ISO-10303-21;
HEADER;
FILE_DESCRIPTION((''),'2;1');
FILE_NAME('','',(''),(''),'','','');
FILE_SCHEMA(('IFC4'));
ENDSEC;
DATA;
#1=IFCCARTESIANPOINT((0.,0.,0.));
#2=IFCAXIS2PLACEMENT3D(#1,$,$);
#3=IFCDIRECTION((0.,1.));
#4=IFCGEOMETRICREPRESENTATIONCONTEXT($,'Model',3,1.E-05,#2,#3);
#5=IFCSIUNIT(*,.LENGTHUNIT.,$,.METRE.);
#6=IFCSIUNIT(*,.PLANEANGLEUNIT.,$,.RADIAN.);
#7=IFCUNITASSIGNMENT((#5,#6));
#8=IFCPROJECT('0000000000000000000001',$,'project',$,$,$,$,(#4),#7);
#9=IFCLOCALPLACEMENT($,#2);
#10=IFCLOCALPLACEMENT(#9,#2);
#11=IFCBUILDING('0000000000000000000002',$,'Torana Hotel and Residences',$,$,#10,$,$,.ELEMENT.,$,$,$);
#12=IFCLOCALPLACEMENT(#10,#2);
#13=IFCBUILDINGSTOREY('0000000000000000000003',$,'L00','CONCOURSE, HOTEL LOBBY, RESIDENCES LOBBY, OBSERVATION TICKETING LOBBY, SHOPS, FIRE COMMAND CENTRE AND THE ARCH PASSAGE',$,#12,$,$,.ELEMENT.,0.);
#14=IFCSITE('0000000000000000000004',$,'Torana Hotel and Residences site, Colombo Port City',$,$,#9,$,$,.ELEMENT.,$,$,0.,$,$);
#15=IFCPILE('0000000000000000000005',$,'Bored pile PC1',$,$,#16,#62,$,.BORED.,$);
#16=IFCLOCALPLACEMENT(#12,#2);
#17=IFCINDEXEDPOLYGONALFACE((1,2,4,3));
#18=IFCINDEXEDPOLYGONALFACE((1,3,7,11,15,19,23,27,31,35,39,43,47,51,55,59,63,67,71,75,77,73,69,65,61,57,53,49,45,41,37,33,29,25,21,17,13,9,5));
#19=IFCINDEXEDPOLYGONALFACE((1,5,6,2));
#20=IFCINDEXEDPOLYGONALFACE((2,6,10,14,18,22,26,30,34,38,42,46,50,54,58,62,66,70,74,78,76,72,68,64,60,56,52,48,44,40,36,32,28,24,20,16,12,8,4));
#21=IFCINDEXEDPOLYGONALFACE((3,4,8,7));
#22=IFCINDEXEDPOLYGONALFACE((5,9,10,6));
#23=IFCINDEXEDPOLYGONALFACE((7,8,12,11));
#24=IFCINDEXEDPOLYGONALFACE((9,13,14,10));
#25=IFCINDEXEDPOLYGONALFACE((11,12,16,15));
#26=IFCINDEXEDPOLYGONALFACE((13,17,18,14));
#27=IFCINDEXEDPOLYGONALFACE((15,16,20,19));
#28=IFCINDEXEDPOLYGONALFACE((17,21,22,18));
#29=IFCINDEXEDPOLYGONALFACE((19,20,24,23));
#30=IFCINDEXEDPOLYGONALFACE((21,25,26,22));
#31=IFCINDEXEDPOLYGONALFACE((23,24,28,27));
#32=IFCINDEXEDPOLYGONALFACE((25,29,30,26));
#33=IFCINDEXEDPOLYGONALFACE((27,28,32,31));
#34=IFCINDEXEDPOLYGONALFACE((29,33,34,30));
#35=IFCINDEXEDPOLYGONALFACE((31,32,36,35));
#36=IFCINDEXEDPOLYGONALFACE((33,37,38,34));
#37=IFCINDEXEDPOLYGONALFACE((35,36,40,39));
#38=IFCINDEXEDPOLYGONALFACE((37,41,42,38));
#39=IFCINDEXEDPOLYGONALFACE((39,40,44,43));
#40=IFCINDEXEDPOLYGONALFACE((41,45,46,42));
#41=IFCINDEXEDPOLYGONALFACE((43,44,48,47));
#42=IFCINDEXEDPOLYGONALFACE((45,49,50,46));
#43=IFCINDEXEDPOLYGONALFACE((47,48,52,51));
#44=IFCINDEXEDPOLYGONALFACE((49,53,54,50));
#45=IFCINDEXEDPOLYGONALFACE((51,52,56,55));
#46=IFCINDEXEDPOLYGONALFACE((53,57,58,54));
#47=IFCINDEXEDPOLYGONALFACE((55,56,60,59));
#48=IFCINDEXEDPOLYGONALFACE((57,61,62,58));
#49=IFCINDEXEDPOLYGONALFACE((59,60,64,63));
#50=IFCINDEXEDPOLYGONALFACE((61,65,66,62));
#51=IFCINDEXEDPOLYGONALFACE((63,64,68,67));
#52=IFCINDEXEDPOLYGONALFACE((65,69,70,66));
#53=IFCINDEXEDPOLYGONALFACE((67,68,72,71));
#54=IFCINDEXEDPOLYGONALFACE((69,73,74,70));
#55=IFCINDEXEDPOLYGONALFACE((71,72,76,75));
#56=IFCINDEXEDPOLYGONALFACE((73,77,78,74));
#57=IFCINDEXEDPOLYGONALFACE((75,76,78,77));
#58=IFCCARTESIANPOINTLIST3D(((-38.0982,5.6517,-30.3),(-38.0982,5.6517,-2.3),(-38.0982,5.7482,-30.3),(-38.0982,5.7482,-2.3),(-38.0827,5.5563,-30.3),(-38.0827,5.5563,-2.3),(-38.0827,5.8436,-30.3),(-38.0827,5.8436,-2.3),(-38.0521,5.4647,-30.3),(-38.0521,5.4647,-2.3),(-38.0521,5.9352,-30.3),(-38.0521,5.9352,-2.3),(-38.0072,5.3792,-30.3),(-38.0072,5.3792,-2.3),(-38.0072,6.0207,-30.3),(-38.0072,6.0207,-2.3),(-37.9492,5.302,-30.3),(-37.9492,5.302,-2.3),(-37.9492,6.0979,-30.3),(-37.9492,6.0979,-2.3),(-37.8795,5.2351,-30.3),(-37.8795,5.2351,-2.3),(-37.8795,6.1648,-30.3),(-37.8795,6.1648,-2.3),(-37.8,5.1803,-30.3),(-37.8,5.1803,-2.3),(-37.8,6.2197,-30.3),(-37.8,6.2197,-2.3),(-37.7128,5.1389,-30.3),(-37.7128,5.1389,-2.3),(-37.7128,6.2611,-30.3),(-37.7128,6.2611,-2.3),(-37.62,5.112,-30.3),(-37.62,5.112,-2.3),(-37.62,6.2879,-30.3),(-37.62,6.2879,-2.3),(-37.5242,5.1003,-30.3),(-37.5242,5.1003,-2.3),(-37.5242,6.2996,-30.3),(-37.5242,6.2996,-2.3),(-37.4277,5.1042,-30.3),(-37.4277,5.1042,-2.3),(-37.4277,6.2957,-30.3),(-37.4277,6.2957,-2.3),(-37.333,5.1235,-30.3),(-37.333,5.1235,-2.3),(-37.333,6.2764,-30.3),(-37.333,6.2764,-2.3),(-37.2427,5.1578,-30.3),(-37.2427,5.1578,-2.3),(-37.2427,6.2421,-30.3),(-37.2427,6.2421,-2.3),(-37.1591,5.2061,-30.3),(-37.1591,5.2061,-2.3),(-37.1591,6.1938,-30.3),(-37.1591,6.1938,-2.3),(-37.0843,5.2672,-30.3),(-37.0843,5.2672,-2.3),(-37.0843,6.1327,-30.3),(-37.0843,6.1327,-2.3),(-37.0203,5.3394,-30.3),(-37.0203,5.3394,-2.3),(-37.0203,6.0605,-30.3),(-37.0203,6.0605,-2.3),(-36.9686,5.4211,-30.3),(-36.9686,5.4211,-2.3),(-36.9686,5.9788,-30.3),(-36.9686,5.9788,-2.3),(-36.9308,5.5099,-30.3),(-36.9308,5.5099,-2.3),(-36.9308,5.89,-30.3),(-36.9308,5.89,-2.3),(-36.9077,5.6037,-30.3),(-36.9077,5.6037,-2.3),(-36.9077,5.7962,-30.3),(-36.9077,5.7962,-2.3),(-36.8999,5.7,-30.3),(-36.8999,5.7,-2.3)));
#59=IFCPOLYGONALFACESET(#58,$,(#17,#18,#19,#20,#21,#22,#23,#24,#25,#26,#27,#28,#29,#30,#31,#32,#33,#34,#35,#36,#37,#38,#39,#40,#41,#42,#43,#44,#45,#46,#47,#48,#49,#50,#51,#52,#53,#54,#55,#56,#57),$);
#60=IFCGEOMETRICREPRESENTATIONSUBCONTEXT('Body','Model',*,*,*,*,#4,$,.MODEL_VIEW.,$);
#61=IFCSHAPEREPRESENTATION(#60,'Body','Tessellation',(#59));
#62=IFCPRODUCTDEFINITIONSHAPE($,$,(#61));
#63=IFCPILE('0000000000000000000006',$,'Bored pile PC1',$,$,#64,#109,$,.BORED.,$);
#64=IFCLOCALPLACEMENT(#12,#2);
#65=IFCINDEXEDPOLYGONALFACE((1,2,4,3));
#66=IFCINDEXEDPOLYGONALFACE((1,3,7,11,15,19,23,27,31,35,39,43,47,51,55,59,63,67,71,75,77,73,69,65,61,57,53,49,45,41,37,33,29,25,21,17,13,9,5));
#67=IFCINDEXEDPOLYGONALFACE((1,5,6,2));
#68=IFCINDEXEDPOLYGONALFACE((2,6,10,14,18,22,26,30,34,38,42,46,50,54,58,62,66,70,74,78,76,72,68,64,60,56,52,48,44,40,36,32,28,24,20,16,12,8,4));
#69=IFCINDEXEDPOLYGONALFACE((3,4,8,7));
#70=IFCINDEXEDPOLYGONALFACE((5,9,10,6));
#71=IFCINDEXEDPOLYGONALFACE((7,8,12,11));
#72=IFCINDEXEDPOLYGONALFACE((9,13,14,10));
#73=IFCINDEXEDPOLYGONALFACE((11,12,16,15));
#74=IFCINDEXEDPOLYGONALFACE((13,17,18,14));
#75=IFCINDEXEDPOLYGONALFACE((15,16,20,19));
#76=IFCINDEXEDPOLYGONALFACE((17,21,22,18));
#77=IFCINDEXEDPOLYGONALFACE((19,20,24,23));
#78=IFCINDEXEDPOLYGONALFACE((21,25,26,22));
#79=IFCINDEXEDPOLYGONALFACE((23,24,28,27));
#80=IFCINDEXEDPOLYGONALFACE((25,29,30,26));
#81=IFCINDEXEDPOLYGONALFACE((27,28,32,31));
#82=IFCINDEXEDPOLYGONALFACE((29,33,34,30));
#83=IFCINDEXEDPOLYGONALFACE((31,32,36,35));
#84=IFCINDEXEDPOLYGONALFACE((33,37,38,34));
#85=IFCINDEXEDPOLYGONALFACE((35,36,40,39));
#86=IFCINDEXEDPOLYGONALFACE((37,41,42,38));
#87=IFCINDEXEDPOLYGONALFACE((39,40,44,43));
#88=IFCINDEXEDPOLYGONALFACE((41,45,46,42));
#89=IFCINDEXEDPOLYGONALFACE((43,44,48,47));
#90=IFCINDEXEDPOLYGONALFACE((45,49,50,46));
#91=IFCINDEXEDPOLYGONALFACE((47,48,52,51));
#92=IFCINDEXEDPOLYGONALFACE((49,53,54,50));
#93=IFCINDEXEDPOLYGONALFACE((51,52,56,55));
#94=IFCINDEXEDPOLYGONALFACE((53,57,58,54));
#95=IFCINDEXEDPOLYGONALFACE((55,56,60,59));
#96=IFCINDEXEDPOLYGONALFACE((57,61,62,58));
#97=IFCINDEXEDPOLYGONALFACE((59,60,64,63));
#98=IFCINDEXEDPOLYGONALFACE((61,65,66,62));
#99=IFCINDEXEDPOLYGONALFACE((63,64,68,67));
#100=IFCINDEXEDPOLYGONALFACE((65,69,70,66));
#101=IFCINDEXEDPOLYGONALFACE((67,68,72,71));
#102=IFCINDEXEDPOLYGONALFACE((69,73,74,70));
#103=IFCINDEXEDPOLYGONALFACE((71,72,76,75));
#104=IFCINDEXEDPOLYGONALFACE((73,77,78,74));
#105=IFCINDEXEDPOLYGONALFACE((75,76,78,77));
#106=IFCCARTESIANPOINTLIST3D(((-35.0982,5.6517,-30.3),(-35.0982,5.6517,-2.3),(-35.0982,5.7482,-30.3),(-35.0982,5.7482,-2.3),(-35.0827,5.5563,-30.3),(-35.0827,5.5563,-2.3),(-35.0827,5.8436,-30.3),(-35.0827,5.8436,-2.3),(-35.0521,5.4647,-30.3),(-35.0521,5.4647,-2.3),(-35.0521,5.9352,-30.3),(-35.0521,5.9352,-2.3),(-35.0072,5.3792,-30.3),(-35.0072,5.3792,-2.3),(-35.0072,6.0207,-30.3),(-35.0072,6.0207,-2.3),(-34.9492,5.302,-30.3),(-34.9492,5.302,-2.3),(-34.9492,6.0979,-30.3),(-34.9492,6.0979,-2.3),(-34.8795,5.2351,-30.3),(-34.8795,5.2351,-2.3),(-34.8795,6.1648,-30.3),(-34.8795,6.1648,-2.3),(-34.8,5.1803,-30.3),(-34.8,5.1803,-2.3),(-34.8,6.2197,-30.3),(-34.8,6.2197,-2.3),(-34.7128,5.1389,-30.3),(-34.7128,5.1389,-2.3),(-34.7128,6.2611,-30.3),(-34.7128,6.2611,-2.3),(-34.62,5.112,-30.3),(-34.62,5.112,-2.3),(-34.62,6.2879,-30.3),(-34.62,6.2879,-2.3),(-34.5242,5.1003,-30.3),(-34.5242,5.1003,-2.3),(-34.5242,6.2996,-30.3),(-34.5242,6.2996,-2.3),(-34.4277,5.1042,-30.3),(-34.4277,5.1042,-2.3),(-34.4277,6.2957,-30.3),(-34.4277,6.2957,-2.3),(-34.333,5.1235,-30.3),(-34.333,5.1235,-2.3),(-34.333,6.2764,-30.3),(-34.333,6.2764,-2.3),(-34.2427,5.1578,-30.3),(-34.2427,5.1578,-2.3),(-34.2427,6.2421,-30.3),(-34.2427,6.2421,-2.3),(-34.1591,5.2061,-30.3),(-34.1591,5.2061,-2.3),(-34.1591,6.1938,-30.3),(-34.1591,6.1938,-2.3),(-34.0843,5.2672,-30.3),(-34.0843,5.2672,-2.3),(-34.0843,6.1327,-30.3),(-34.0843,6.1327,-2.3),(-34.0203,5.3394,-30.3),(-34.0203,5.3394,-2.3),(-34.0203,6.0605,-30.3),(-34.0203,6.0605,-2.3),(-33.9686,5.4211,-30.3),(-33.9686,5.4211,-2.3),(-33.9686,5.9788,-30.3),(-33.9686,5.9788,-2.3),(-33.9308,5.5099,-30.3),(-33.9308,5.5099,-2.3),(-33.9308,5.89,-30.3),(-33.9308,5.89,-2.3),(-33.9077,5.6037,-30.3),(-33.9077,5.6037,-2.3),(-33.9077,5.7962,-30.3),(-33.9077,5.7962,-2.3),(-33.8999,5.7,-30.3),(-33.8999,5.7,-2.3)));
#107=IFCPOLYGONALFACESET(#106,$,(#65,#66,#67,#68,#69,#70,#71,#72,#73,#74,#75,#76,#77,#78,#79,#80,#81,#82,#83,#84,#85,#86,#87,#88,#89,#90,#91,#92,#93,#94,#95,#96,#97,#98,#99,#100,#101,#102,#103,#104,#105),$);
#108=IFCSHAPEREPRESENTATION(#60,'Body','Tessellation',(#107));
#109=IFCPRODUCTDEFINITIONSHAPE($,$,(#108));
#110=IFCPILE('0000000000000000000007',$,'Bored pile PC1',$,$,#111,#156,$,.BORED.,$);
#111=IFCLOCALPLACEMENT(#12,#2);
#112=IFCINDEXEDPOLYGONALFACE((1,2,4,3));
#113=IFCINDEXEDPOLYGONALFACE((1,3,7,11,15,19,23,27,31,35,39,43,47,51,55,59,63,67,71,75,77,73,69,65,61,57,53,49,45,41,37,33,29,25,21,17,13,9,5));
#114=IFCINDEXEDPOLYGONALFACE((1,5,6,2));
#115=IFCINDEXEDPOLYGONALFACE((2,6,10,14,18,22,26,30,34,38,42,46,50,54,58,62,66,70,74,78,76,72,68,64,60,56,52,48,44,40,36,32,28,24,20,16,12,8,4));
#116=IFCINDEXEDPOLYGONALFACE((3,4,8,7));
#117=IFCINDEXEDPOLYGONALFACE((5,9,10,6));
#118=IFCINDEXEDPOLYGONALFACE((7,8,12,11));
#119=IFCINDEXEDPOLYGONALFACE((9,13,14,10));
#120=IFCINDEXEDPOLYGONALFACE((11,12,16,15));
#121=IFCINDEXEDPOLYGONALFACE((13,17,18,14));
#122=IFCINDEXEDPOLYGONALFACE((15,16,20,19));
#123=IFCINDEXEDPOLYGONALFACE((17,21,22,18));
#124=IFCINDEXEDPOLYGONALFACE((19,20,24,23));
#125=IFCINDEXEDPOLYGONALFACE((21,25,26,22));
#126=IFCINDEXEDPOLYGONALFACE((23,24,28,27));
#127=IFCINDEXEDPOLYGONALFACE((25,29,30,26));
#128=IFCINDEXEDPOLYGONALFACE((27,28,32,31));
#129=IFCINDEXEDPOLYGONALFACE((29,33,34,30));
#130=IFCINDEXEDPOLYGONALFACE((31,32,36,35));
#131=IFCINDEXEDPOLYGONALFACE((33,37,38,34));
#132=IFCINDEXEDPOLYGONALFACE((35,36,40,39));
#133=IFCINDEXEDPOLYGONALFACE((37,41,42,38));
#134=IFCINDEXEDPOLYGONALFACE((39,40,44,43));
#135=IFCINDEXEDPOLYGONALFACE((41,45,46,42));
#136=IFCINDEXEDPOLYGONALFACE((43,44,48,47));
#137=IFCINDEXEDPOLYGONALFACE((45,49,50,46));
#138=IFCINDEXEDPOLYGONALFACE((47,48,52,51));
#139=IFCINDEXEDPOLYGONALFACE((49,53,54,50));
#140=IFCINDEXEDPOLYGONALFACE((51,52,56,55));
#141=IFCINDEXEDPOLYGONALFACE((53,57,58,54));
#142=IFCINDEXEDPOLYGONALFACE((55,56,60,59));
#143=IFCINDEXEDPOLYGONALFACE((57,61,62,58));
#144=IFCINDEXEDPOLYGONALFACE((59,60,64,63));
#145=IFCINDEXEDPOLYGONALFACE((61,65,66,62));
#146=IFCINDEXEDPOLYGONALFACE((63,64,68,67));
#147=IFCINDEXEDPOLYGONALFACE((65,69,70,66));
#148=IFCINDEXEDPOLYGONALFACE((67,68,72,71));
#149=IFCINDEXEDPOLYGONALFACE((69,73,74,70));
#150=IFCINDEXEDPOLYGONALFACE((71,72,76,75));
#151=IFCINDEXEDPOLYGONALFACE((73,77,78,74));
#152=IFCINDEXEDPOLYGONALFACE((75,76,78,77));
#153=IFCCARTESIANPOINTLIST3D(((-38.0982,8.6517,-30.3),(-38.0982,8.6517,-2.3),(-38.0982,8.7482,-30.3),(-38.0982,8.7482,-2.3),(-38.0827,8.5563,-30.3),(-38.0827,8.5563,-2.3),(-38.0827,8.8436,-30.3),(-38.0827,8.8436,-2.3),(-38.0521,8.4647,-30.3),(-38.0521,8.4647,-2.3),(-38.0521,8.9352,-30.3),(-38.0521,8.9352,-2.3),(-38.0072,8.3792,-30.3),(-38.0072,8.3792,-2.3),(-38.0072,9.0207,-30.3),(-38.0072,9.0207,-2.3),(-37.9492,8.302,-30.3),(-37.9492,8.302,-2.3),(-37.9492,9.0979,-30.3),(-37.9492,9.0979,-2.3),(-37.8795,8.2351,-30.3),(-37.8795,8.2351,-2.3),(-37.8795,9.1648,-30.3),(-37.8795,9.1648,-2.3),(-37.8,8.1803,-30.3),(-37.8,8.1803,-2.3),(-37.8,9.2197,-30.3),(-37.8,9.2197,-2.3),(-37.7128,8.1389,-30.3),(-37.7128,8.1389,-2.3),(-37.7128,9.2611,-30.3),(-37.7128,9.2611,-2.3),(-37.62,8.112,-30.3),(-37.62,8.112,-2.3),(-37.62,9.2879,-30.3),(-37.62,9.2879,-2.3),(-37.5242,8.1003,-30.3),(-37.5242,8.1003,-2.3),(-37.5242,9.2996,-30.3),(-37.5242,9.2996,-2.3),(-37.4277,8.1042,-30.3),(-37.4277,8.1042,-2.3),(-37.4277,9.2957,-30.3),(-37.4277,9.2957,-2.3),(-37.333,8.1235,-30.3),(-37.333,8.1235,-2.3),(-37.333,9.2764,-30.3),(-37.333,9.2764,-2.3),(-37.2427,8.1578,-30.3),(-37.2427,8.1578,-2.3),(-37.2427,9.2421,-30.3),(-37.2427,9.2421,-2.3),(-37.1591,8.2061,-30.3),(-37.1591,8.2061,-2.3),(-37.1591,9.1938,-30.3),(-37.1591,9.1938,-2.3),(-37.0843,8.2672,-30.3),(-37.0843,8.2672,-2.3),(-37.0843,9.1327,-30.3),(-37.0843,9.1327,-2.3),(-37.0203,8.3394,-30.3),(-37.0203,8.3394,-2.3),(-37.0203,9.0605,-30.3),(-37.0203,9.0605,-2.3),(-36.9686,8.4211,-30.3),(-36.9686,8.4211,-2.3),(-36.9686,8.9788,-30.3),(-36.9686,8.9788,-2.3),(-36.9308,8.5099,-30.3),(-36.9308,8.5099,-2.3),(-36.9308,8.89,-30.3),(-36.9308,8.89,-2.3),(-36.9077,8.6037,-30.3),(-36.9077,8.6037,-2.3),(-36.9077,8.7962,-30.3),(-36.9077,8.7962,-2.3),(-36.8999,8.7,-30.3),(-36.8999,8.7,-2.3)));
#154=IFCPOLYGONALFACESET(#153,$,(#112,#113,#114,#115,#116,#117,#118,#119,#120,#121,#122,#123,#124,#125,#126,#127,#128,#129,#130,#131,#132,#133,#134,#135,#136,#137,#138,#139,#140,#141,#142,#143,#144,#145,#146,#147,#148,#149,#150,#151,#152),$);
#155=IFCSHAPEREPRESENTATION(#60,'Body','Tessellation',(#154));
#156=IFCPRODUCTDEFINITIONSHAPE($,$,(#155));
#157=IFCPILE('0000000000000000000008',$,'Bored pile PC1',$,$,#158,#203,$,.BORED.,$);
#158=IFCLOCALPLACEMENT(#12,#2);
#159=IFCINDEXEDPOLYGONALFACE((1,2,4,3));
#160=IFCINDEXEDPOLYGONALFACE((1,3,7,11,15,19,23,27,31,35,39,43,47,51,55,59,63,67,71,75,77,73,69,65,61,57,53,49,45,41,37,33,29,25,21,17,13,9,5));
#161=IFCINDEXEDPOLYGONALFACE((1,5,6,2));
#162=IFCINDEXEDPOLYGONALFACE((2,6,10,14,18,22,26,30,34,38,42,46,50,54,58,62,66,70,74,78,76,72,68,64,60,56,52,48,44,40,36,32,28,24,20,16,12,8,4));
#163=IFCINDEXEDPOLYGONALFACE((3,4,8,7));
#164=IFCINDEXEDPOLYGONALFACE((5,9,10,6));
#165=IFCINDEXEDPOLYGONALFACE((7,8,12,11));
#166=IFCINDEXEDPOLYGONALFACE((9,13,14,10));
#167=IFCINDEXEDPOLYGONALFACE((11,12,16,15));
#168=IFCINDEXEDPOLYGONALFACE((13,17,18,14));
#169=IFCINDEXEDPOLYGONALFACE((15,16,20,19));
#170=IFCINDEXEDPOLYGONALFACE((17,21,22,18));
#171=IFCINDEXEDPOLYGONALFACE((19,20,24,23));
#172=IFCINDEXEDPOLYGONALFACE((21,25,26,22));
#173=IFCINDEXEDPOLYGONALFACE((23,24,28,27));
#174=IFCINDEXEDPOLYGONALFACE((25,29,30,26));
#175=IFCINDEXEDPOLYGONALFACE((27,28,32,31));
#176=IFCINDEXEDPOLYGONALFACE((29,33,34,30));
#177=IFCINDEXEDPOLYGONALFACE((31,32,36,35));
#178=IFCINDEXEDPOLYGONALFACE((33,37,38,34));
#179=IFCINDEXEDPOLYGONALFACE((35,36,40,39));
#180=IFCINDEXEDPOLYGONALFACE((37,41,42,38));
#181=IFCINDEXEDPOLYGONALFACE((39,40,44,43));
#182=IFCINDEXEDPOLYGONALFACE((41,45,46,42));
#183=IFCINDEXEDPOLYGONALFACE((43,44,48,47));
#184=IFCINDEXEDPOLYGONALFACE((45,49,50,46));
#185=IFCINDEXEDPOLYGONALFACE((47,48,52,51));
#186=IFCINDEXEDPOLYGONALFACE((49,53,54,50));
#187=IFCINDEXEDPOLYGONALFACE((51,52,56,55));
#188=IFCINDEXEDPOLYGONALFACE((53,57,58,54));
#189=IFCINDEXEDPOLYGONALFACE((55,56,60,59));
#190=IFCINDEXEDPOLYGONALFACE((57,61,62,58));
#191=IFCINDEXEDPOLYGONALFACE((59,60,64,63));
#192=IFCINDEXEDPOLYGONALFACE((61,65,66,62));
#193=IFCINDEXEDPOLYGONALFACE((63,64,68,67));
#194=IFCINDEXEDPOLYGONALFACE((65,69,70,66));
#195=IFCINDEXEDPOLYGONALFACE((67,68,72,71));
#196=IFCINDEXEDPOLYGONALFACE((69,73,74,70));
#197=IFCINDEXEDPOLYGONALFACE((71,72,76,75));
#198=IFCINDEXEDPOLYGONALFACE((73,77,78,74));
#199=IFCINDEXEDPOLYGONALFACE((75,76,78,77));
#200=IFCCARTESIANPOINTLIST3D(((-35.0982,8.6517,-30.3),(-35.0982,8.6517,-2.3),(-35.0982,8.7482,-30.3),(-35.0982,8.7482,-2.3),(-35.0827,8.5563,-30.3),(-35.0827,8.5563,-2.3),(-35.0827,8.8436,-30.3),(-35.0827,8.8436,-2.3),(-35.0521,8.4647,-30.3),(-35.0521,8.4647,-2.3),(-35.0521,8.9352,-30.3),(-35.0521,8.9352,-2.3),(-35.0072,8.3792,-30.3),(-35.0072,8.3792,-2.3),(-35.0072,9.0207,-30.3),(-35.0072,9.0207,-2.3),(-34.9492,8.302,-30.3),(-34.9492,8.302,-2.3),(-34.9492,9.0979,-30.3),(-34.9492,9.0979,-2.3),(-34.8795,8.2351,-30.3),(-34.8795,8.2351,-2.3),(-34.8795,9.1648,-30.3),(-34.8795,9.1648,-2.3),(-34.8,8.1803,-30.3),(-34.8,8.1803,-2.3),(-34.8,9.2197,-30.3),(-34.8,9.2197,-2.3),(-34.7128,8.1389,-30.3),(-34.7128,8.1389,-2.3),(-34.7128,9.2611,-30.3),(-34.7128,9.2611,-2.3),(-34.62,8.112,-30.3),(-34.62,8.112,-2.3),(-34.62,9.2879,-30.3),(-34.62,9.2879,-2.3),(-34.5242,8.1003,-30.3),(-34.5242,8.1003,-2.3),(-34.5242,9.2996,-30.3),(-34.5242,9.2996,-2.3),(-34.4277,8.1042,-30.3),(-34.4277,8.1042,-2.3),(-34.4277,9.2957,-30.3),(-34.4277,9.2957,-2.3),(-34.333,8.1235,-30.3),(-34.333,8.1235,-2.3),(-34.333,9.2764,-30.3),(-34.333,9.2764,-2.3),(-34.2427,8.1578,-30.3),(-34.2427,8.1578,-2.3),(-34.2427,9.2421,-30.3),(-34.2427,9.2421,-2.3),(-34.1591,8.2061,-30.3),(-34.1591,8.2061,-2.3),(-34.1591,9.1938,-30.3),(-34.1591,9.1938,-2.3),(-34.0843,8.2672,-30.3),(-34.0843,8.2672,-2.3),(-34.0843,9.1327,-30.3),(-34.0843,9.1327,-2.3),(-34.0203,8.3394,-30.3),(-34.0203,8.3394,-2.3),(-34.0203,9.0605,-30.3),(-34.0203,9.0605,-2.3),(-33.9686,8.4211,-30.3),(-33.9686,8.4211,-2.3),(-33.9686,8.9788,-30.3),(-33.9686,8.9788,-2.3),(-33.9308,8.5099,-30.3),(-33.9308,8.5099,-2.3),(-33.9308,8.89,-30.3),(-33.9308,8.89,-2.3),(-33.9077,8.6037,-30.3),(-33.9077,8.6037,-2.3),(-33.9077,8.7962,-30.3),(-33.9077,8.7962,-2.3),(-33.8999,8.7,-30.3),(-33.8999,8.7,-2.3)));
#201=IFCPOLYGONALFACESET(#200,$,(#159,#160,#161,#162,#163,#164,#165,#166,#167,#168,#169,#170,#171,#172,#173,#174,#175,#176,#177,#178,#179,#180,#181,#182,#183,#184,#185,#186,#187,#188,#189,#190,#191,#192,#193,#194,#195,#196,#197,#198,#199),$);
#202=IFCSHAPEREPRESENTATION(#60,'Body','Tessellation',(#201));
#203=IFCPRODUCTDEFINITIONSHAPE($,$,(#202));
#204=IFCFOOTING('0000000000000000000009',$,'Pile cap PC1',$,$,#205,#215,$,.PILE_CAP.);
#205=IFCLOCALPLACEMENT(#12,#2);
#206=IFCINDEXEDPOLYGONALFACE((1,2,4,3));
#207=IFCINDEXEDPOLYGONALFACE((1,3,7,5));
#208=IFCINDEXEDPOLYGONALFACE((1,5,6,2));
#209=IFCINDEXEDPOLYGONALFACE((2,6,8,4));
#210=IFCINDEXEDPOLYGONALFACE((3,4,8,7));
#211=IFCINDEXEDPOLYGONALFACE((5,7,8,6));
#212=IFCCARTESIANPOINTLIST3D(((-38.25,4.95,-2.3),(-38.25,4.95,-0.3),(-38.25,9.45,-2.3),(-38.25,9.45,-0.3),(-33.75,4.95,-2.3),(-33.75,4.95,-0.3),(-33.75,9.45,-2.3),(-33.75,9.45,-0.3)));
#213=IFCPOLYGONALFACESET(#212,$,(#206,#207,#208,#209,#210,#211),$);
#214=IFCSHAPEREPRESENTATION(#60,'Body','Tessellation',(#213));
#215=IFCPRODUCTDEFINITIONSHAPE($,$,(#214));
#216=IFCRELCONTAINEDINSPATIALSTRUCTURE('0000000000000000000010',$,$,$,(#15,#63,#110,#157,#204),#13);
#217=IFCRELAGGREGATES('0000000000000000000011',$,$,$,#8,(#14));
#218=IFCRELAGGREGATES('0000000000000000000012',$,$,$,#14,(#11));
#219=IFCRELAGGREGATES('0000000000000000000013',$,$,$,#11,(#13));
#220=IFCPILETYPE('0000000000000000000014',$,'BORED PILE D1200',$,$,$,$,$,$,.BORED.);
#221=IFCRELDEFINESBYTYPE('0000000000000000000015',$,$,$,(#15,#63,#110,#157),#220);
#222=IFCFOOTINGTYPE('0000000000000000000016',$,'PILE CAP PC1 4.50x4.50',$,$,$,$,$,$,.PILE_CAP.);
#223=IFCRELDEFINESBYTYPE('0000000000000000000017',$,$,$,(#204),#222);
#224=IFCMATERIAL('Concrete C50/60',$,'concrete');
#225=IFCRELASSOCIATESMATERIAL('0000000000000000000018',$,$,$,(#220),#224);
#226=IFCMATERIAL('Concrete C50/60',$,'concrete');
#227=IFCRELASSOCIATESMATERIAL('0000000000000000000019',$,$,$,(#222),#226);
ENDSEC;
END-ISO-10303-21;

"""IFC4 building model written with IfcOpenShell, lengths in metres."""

from ifc_helpers import new_model, si_unit, direction, frame, origin, origin_2d, place, context, subcontext, project, spatial, rectangle, circle, extrude, material, type_object, element, save


model = new_model("IFC4")

# Units and contexts
model_context = context("Model", 3, precision=1e-05, world=origin(), true_north=direction((0.0, 1.0)))
body_context = subcontext(model_context, "Body", "Model", "MODEL_VIEW")
ifc_project = project(units=[si_unit("LENGTHUNIT", "METRE"), si_unit("PLANEANGLEUNIT", "RADIAN")], contexts=[model_context])

# Site, building, storey
site_placement = place(None, origin())
site = spatial("IfcSite", under=ifc_project, at=site_placement, Name="Torana Hotel and Residences site, Colombo Port City", CompositionType="ELEMENT", RefElevation=0.0)
building_placement = place(site_placement, origin())
building = spatial("IfcBuilding", under=site, at=building_placement, Name="Torana Hotel and Residences", CompositionType="ELEMENT")
storey_placement = place(building_placement, origin())
storey = spatial("IfcBuildingStorey", under=building, at=storey_placement, Name="L00", Description="CONCOURSE, HOTEL LOBBY, RESIDENCES LOBBY, OBSERVATION TICKETING LOBBY, SHOPS, FIRE COMMAND CENTRE AND THE ARCH PASSAGE", CompositionType="ELEMENT", Elevation=0.0)

# Piles
ifc_material_1 = material(Name="Concrete C50/60", Category="concrete")
pile_type = type_object("IfcPileType", Name="BORED PILE D1200", PredefinedType="BORED", material=ifc_material_1)
for number, where, z_axis, x_axis, name in (
    (1, (-37.5, 5.7, -2.3), (0.0, 0.0, -1.0), (1.0, 0.0, 0.0), "Bored pile PC1"),
    (2, (-34.5, 5.7, -2.3), (0.0, 0.0, -1.0), (1.0, 0.0, 0.0), "Bored pile PC1"),
    (3, (-37.5, 8.7, -2.3), (0.0, 0.0, -1.0), (1.0, 0.0, 0.0), "Bored pile PC1"),
    (4, (-34.5, 8.7, -2.3), (0.0, 0.0, -1.0), (1.0, 0.0, 0.0), "Bored pile PC1"),
):
    element("IfcPile", number, at=place(storey_placement, frame(where, z_axis=z_axis, x_axis=x_axis)), inside=storey, type_object=pile_type, Name=name, PredefinedType="BORED", context=body_context, shape_type="SweptSolid", body=[
        extrude(circle(Radius=0.6001, at=origin_2d()), origin(), (0.0, 0.0, 1.0), 28.0),
    ])

# Footing
ifc_material_2 = material(Name="Concrete C50/60", Category="concrete")
footing_type = type_object("IfcFootingType", Name="PILE CAP PC1 4.50x4.50", PredefinedType="PILE_CAP", material=ifc_material_2)
footing_placement = place(storey_placement, frame((-36.0, 7.2, -2.3), z_axis=(0.0, 0.0, 1.0), x_axis=(1.0, 0.0, 0.0)))
element("IfcFooting", 5, at=footing_placement, inside=storey, type_object=footing_type, Name="Pile cap PC1", PredefinedType="PILE_CAP", context=body_context, shape_type="SweptSolid", body=[
    extrude(rectangle(XDim=4.5, YDim=4.5, at=origin_2d()), origin(), (0.0, 0.0, 1.0), 2.0),
])

save(model, "model.ifc")
